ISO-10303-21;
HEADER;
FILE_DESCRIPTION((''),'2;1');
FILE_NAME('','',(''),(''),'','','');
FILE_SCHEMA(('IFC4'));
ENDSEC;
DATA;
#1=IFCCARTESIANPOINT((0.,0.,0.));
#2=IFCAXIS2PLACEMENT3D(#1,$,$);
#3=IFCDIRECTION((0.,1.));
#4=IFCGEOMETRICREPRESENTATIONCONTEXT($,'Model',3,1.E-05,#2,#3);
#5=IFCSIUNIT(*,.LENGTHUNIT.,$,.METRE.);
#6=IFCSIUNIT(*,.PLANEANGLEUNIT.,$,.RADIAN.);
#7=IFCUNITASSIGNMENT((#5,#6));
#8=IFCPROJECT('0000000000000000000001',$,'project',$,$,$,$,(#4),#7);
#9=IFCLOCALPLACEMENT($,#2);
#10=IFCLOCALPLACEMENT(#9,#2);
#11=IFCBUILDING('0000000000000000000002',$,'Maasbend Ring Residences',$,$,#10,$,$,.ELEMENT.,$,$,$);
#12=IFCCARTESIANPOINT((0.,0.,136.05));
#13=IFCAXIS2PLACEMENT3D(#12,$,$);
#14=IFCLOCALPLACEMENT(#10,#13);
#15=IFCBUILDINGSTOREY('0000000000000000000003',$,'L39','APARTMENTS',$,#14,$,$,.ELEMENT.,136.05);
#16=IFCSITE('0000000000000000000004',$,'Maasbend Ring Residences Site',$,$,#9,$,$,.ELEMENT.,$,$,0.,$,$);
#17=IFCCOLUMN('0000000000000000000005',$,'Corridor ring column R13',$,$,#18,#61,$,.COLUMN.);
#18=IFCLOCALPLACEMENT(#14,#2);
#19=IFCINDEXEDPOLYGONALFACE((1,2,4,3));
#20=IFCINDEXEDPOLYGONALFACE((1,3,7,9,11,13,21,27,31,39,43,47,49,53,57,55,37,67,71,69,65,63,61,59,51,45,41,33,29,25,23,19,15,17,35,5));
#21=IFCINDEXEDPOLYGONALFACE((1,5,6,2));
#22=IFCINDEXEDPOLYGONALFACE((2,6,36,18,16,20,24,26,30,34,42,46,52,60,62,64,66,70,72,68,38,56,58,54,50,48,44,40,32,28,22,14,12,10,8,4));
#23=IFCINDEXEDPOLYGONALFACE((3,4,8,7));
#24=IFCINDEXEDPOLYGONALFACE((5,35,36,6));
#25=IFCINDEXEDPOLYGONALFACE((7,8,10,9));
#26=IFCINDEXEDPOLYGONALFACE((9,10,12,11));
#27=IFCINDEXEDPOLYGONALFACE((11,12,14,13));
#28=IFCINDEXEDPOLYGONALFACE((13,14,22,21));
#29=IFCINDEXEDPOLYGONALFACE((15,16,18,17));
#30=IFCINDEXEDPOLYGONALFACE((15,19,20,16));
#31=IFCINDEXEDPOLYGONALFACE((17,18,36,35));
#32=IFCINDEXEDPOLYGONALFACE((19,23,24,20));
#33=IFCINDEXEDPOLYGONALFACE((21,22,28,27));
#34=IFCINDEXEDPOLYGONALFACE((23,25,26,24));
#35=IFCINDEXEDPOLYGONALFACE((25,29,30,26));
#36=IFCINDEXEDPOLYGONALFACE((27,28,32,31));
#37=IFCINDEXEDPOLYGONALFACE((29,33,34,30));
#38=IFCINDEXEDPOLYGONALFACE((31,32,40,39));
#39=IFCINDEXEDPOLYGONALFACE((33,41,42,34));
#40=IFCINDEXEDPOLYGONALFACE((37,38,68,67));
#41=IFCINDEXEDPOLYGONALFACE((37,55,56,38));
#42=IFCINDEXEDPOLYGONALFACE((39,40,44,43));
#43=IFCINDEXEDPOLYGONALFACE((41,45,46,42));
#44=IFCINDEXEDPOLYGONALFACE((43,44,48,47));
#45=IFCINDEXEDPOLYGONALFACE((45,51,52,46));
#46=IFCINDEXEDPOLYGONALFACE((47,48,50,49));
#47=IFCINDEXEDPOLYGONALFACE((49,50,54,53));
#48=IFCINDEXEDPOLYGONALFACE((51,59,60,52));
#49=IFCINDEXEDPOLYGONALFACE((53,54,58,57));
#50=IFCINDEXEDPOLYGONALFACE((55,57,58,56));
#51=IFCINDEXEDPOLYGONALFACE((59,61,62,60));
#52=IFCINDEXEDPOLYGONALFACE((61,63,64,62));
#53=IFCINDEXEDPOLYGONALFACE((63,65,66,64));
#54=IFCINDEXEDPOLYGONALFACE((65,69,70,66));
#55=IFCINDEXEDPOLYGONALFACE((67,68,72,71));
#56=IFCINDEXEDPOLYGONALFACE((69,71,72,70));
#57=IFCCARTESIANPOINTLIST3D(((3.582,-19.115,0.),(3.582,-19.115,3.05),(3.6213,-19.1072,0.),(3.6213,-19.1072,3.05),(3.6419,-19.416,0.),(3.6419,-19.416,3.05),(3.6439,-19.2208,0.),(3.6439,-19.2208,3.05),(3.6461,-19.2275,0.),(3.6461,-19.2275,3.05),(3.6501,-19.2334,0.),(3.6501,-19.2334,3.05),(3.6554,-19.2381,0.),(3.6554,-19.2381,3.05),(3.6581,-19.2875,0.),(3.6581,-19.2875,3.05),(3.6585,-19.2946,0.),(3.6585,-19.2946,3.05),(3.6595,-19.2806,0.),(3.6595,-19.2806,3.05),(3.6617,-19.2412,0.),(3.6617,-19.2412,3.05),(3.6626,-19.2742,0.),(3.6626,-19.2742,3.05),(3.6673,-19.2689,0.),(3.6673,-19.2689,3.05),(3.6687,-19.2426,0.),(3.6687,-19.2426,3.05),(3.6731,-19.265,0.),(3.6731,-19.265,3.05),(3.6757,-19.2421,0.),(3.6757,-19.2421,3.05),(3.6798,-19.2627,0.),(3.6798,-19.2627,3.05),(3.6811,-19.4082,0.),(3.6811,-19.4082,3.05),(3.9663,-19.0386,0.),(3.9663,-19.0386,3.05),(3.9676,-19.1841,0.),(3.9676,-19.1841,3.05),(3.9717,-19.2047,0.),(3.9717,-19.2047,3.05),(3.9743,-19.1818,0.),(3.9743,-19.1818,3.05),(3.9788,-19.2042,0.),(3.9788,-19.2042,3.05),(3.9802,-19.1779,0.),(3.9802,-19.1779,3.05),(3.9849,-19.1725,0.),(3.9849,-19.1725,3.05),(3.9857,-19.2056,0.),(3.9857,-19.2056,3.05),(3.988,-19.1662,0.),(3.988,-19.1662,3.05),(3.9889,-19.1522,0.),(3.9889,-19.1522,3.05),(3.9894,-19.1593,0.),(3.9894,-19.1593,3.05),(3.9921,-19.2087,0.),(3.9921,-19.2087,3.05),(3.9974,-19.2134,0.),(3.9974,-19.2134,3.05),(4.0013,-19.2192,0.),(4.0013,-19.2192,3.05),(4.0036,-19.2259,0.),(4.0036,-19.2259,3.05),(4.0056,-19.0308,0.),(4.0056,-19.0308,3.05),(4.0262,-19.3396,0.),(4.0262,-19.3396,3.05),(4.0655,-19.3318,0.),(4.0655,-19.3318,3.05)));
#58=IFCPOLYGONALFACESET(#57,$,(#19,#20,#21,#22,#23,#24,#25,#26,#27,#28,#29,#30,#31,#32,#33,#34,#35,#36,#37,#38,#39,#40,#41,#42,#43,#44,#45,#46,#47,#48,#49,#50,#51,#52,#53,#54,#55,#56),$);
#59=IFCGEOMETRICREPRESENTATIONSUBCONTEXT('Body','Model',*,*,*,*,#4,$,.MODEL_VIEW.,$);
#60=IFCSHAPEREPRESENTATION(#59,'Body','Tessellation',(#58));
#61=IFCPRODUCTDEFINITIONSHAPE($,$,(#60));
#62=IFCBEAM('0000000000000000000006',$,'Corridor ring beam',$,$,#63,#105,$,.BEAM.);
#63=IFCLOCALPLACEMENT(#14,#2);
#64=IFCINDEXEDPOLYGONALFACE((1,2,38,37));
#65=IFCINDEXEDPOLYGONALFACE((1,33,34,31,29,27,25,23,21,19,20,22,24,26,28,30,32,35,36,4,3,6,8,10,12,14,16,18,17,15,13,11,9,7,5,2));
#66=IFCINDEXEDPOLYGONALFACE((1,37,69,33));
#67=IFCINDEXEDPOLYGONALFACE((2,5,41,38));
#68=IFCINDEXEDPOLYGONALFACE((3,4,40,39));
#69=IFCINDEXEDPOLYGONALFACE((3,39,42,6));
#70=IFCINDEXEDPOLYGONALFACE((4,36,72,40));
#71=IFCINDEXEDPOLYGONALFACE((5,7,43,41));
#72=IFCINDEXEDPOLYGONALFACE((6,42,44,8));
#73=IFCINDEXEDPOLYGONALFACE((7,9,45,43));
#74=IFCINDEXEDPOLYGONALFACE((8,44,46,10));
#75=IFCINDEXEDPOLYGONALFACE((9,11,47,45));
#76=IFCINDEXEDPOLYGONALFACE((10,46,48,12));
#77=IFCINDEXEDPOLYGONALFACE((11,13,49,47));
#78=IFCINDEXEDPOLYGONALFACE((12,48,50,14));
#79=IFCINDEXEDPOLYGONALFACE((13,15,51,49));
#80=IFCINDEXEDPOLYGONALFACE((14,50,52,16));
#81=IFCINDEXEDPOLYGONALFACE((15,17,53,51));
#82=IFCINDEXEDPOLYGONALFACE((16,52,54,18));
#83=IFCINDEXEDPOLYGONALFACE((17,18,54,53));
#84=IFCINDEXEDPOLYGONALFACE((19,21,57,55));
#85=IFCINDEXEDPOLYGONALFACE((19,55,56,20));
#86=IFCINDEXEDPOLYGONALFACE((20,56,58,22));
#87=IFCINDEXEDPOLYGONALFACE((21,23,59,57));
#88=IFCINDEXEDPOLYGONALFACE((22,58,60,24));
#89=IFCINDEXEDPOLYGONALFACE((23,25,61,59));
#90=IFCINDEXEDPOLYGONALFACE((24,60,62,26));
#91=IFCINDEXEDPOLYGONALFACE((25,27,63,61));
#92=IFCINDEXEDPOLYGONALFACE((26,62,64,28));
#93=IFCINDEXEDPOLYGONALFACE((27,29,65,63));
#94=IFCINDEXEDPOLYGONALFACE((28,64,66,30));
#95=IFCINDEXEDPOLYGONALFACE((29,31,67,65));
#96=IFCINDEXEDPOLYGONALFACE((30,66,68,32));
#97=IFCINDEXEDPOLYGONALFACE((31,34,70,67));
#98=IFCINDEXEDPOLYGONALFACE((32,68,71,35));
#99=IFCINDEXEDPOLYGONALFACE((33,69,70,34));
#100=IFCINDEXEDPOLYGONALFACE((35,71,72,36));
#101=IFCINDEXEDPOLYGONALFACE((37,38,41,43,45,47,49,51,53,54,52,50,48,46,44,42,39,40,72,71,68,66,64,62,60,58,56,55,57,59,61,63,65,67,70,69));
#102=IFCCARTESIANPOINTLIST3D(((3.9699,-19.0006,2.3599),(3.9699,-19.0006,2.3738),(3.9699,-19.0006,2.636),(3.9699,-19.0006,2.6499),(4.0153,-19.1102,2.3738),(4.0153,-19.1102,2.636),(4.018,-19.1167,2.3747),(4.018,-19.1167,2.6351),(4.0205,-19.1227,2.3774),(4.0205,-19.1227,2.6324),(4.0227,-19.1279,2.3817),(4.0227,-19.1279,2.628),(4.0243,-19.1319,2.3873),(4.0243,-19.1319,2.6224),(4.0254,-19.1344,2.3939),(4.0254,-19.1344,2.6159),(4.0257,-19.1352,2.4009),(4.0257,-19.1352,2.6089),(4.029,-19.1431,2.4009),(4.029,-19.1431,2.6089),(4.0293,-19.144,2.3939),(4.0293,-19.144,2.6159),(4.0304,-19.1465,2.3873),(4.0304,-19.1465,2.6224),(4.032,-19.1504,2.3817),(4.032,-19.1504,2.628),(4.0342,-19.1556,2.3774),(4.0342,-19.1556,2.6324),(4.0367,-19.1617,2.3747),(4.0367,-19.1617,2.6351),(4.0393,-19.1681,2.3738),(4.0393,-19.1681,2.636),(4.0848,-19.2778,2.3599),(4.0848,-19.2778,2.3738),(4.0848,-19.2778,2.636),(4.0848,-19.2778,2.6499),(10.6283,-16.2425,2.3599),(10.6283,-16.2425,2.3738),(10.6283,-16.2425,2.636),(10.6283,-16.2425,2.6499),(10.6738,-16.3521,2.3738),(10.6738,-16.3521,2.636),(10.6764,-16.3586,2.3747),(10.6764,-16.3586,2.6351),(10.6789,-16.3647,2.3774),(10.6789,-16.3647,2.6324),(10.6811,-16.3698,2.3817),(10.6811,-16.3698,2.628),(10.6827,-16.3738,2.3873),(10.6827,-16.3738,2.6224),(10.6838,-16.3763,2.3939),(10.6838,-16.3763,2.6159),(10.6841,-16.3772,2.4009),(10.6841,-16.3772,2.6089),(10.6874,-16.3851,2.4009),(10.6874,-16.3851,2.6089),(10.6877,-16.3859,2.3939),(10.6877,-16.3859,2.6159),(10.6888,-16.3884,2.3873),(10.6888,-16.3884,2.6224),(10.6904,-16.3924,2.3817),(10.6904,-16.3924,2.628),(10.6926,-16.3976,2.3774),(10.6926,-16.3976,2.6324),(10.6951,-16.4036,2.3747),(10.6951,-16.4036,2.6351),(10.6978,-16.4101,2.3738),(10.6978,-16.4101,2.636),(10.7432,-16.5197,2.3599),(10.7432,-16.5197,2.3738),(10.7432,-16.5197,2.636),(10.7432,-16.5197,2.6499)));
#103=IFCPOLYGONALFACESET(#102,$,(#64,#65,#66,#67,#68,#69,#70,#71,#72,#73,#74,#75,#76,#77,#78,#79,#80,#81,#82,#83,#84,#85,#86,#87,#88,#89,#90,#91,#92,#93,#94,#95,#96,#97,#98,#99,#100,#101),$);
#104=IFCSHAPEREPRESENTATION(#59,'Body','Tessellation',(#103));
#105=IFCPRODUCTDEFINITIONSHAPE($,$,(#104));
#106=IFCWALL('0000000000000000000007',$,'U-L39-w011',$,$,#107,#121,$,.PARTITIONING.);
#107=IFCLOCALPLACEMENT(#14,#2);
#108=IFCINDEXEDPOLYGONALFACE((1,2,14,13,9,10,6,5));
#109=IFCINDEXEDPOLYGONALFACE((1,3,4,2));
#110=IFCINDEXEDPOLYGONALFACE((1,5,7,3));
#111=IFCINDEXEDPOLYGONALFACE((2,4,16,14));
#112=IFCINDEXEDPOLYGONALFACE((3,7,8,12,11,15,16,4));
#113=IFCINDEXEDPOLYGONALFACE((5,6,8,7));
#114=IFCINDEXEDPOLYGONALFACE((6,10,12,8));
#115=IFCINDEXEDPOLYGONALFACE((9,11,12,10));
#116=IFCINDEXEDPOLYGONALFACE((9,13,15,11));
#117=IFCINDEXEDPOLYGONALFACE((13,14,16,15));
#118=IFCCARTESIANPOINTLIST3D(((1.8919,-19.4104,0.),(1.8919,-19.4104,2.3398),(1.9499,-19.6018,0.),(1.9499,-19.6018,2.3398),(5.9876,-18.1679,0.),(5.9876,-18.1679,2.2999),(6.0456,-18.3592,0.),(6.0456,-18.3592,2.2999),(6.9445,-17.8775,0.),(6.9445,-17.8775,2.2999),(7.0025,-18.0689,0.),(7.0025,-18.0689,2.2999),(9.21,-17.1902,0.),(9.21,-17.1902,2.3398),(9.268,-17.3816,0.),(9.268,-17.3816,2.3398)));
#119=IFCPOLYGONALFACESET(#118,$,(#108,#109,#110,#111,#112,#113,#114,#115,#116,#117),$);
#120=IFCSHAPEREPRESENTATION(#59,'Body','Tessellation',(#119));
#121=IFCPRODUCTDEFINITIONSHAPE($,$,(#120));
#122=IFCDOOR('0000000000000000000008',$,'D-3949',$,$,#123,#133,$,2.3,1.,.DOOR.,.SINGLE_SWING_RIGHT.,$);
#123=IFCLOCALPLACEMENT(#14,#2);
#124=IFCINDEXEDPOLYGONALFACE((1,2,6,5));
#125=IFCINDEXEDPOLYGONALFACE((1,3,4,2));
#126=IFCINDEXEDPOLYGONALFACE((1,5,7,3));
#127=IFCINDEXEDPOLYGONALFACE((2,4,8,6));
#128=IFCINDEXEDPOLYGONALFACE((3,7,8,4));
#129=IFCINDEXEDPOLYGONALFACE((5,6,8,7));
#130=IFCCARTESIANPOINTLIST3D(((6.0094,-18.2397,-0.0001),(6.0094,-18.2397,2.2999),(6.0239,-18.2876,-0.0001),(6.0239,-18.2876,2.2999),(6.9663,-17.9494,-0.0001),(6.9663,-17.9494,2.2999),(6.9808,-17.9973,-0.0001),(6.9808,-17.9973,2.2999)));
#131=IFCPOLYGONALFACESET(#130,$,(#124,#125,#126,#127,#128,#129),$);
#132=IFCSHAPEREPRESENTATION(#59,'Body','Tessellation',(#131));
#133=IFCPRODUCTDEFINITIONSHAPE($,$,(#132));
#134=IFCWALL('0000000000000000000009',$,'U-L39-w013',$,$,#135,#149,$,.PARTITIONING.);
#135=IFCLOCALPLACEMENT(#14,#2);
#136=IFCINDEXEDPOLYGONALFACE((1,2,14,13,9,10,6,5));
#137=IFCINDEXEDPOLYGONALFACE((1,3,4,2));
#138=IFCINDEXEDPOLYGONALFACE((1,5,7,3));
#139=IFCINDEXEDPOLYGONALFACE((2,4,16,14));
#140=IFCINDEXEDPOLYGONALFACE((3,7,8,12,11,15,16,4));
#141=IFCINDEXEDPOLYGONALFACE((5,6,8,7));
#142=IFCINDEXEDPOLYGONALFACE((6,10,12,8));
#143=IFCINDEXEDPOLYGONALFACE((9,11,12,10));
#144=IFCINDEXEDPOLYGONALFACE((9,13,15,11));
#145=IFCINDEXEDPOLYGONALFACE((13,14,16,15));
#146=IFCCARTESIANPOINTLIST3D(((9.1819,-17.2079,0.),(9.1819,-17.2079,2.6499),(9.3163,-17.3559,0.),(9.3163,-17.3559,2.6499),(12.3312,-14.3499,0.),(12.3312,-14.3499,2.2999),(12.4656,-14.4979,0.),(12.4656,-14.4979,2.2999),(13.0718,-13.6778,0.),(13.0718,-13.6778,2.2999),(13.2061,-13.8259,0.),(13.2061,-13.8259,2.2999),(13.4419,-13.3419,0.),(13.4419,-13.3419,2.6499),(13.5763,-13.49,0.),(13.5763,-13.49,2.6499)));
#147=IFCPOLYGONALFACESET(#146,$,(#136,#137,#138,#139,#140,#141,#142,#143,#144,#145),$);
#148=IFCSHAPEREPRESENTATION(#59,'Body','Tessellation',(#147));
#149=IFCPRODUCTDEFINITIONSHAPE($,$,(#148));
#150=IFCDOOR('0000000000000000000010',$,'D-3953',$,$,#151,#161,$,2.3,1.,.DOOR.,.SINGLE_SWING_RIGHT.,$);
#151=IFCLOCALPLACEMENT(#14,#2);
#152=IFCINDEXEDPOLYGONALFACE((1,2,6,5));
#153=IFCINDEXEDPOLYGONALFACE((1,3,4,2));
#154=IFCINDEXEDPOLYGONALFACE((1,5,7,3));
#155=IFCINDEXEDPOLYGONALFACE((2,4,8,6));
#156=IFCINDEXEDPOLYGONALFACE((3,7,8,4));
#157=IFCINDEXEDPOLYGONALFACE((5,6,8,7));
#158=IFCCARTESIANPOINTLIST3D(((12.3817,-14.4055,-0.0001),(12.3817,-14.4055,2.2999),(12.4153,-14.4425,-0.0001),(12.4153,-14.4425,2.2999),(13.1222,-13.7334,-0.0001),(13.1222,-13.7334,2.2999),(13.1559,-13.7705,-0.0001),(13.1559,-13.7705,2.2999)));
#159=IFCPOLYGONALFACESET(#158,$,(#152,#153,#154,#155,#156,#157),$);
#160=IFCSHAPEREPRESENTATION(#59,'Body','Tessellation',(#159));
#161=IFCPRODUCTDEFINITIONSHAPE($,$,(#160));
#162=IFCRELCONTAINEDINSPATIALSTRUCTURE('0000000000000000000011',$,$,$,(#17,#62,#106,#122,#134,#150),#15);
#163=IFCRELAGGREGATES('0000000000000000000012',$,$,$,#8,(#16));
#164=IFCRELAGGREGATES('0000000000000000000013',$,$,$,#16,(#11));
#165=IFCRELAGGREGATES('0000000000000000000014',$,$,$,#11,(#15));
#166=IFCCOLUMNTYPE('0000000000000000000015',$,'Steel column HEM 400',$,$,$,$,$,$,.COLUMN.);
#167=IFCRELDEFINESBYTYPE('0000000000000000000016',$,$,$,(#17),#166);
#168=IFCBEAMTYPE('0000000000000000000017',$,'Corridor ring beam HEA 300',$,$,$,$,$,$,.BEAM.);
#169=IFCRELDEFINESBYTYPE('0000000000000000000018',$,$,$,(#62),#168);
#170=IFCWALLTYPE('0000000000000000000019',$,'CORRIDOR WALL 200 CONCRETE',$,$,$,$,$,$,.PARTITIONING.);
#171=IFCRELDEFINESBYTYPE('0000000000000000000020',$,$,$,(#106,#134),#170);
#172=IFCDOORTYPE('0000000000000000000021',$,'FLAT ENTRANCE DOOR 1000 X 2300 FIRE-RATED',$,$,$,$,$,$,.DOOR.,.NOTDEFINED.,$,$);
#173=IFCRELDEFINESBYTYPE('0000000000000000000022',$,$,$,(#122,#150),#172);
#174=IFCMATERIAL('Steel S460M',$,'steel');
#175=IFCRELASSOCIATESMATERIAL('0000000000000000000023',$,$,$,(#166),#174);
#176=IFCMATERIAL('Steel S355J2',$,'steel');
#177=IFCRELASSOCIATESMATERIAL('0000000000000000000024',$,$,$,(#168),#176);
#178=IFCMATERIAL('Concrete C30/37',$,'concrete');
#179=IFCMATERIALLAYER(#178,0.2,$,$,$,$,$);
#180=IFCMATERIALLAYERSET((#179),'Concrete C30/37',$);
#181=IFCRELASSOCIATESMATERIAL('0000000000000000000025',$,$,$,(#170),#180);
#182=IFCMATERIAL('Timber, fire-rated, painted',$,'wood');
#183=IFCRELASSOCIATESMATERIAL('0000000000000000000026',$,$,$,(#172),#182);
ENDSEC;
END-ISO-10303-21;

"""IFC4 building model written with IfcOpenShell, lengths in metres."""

from ifc_helpers import new_model, si_unit, direction, frame, frame_2d, origin, origin_2d, place, context, subcontext, project, spatial, rectangle, i_section, extrude, material, layer, layer_set, material_profile, profile_set, type_object, element, fill, save


model = new_model("IFC4")

# Units and contexts
model_context = context("Model", 3, precision=1e-05, world=origin(), true_north=direction((0.0, 1.0)))
body_context = subcontext(model_context, "Body", "Model", "MODEL_VIEW")
ifc_project = project(units=[si_unit("LENGTHUNIT", "METRE"), si_unit("PLANEANGLEUNIT", "RADIAN")], contexts=[model_context])

# Site, building, storey
site_placement = place(None, origin())
site = spatial("IfcSite", under=ifc_project, at=site_placement, Name="Maasbend Ring Residences Site", CompositionType="ELEMENT", RefElevation=0.0)
building_placement = place(site_placement, origin())
building = spatial("IfcBuilding", under=site, at=building_placement, Name="Maasbend Ring Residences", CompositionType="ELEMENT")
storey_placement = place(building_placement, frame((0.0, 0.0, 136.05)))
storey = spatial("IfcBuildingStorey", under=building, at=storey_placement, Name="L39", Description="APARTMENTS", CompositionType="ELEMENT", Elevation=136.05)

# Column
ifc_material_1 = material(Name="Steel S460M", Category="steel")
ifc_material_profile_1 = material_profile(ifc_material_1, i_section(OverallWidth=0.3069, OverallDepth=0.4319, WebThickness=0.021, FlangeThickness=0.04, FilletRadius=0.0271, at=origin_2d()), Name="HEM 400")
ifc_profile_set_1 = profile_set([ifc_material_profile_1], Name="Steel S460M")
column_type = type_object("IfcColumnType", Name="Steel column HEM 400", PredefinedType="COLUMN", material=ifc_profile_set_1)
column_placement = place(storey_placement, frame((3.8237, -19.2234, 0.0), z_axis=(0.0, 0.0, 1.0), x_axis=(0.19509, -0.980785, 0.0)))
element("IfcColumn", 1, at=column_placement, inside=storey, type_object=column_type, Name="Corridor ring column R13", PredefinedType="COLUMN", context=body_context, shape_type="SweptSolid", body=[
    extrude(i_section(OverallWidth=0.3069, OverallDepth=0.4319, WebThickness=0.021, FlangeThickness=0.04, FilletRadius=0.0271, at=origin_2d()), origin(), (0.0, 0.0, 1.0), 3.05),
])

# Beam
ifc_material_2 = material(Name="Steel S355J2", Category="steel")
ifc_material_profile_2 = material_profile(ifc_material_2, i_section(OverallWidth=0.3, OverallDepth=0.29, WebThickness=0.0085, FlangeThickness=0.0139, FilletRadius=0.0271, at=origin_2d()), Name="HEA 300")
ifc_profile_set_2 = profile_set([ifc_material_profile_2], Name="Steel S355J2")
beam_type = type_object("IfcBeamType", Name="Corridor ring beam HEA 300", PredefinedType="BEAM", material=ifc_profile_set_2)
beam_placement = place(storey_placement, frame((4.0273, -19.1392, 2.5049), z_axis=(0.923878, 0.382688, 0.0), x_axis=(-0.382688, 0.923878, 0.0)))
element("IfcBeam", 2, at=beam_placement, inside=storey, type_object=beam_type, Name="Corridor ring beam", PredefinedType="BEAM", context=body_context, shape_type="SweptSolid", body=[
    extrude(i_section(OverallWidth=0.3, OverallDepth=0.29, WebThickness=0.0085, FlangeThickness=0.0139, FilletRadius=0.0271, at=origin_2d()), origin(), (0.0, 0.0, 1.0), 7.207),
])

# Walls, openings, doors
ifc_material_3 = material(Name="Concrete C30/37", Category="concrete")
ifc_layer_1 = layer(ifc_material_3, 0.2)
ifc_layer_set_1 = layer_set([ifc_layer_1], Name="Concrete C30/37")
wall_type_1 = type_object("IfcWallType", Name="CORRIDOR WALL 200 CONCRETE", PredefinedType="PARTITIONING", material=ifc_layer_set_1)
wall_1_placement = place(storey_placement, frame((1.9209, -19.5061, 0.0), z_axis=(0.0, 0.0, 1.0), x_axis=(0.95693, 0.290319, 0.0)))
wall_1 = element("IfcWall", 3, at=wall_1_placement, inside=storey, type_object=wall_type_1, Name="U-L39-w011", PredefinedType="PARTITIONING", context=body_context, shape_type="SweptSolid", body=[
    extrude(rectangle(XDim=7.6475, YDim=0.2, at=frame_2d((3.8237, 0.0))), origin(), (0.0, 0.0, 1.0), 2.3398),
])
opening_1_placement = place(wall_1_placement, frame((4.28, 0.0, 0.0)))
opening_1 = element("IfcOpeningElement", 4, at=opening_1_placement, cuts=wall_1, PredefinedType="OPENING", context=body_context, shape_type="SweptSolid", body=[
    extrude(rectangle(XDim=1.0, YDim=2.3, at=frame_2d((0.5, 1.1499))), frame((0.0, 0.1099, 0.0), z_axis=(0.0, -1.0, 0.0), x_axis=(1.0, 0.0, 0.0)), (0.0, 0.0, 1.0), 0.22),
])
ifc_material_4 = material(Name="Timber, fire-rated, painted", Category="wood")
door_type_1 = type_object("IfcDoorType", Name="FLAT ENTRANCE DOOR 1000 X 2300 FIRE-RATED", OperationType="NOTDEFINED", PredefinedType="DOOR", material=ifc_material_4)
door_1_placement = place(opening_1_placement, origin())
door_1 = element("IfcDoor", 5, at=door_1_placement, inside=storey, type_object=door_type_1, Name="D-3949", OperationType="SINGLE_SWING_RIGHT", OverallHeight=2.3, OverallWidth=1.0, PredefinedType="DOOR", context=body_context, shape_type="SweptSolid", body=[
    extrude(rectangle(XDim=1.0, YDim=2.3, at=frame_2d((0.5, 1.1499))), frame((0.0, 0.0249, 0.0), z_axis=(0.0, -1.0, 0.0), x_axis=(1.0, 0.0, 0.0)), (0.0, 0.0, 1.0), 0.05),
])
fill(opening_1, door_1)
wall_2_placement = place(storey_placement, frame((9.249, -17.282, 0.0), z_axis=(0.0, 0.0, 1.0), x_axis=(0.740525, 0.672028, 0.0)))
wall_2 = element("IfcWall", 6, at=wall_2_placement, inside=storey, type_object=wall_type_1, Name="U-L39-w013", PredefinedType="PARTITIONING", context=body_context, shape_type="SweptSolid", body=[
    extrude(rectangle(XDim=5.7527, YDim=0.2, at=frame_2d((2.8765, 0.0))), origin(), (0.0, 0.0, 1.0), 2.6499),
])
opening_2_placement = place(wall_2_placement, frame((4.2529, 0.0, 0.0)))
opening_2 = element("IfcOpeningElement", 7, at=opening_2_placement, cuts=wall_2, PredefinedType="OPENING", context=body_context, shape_type="SweptSolid", body=[
    extrude(rectangle(XDim=1.0, YDim=2.3, at=frame_2d((0.5, 1.1499))), frame((0.0, 0.1099, 0.0), z_axis=(0.0, -1.0, 0.0), x_axis=(1.0, 0.0, 0.0)), (0.0, 0.0, 1.0), 0.22),
])
door_2_placement = place(opening_2_placement, origin())
door_2 = element("IfcDoor", 8, at=door_2_placement, inside=storey, type_object=door_type_1, Name="D-3953", OperationType="SINGLE_SWING_RIGHT", OverallHeight=2.3, OverallWidth=1.0, PredefinedType="DOOR", context=body_context, shape_type="SweptSolid", body=[
    extrude(rectangle(XDim=1.0, YDim=2.3, at=frame_2d((0.5, 1.1499))), frame((0.0, 0.0249, 0.0), z_axis=(0.0, -1.0, 0.0), x_axis=(1.0, 0.0, 0.0)), (0.0, 0.0, 1.0), 0.05),
])
fill(opening_2, door_2)

save(model, "model.ifc")
